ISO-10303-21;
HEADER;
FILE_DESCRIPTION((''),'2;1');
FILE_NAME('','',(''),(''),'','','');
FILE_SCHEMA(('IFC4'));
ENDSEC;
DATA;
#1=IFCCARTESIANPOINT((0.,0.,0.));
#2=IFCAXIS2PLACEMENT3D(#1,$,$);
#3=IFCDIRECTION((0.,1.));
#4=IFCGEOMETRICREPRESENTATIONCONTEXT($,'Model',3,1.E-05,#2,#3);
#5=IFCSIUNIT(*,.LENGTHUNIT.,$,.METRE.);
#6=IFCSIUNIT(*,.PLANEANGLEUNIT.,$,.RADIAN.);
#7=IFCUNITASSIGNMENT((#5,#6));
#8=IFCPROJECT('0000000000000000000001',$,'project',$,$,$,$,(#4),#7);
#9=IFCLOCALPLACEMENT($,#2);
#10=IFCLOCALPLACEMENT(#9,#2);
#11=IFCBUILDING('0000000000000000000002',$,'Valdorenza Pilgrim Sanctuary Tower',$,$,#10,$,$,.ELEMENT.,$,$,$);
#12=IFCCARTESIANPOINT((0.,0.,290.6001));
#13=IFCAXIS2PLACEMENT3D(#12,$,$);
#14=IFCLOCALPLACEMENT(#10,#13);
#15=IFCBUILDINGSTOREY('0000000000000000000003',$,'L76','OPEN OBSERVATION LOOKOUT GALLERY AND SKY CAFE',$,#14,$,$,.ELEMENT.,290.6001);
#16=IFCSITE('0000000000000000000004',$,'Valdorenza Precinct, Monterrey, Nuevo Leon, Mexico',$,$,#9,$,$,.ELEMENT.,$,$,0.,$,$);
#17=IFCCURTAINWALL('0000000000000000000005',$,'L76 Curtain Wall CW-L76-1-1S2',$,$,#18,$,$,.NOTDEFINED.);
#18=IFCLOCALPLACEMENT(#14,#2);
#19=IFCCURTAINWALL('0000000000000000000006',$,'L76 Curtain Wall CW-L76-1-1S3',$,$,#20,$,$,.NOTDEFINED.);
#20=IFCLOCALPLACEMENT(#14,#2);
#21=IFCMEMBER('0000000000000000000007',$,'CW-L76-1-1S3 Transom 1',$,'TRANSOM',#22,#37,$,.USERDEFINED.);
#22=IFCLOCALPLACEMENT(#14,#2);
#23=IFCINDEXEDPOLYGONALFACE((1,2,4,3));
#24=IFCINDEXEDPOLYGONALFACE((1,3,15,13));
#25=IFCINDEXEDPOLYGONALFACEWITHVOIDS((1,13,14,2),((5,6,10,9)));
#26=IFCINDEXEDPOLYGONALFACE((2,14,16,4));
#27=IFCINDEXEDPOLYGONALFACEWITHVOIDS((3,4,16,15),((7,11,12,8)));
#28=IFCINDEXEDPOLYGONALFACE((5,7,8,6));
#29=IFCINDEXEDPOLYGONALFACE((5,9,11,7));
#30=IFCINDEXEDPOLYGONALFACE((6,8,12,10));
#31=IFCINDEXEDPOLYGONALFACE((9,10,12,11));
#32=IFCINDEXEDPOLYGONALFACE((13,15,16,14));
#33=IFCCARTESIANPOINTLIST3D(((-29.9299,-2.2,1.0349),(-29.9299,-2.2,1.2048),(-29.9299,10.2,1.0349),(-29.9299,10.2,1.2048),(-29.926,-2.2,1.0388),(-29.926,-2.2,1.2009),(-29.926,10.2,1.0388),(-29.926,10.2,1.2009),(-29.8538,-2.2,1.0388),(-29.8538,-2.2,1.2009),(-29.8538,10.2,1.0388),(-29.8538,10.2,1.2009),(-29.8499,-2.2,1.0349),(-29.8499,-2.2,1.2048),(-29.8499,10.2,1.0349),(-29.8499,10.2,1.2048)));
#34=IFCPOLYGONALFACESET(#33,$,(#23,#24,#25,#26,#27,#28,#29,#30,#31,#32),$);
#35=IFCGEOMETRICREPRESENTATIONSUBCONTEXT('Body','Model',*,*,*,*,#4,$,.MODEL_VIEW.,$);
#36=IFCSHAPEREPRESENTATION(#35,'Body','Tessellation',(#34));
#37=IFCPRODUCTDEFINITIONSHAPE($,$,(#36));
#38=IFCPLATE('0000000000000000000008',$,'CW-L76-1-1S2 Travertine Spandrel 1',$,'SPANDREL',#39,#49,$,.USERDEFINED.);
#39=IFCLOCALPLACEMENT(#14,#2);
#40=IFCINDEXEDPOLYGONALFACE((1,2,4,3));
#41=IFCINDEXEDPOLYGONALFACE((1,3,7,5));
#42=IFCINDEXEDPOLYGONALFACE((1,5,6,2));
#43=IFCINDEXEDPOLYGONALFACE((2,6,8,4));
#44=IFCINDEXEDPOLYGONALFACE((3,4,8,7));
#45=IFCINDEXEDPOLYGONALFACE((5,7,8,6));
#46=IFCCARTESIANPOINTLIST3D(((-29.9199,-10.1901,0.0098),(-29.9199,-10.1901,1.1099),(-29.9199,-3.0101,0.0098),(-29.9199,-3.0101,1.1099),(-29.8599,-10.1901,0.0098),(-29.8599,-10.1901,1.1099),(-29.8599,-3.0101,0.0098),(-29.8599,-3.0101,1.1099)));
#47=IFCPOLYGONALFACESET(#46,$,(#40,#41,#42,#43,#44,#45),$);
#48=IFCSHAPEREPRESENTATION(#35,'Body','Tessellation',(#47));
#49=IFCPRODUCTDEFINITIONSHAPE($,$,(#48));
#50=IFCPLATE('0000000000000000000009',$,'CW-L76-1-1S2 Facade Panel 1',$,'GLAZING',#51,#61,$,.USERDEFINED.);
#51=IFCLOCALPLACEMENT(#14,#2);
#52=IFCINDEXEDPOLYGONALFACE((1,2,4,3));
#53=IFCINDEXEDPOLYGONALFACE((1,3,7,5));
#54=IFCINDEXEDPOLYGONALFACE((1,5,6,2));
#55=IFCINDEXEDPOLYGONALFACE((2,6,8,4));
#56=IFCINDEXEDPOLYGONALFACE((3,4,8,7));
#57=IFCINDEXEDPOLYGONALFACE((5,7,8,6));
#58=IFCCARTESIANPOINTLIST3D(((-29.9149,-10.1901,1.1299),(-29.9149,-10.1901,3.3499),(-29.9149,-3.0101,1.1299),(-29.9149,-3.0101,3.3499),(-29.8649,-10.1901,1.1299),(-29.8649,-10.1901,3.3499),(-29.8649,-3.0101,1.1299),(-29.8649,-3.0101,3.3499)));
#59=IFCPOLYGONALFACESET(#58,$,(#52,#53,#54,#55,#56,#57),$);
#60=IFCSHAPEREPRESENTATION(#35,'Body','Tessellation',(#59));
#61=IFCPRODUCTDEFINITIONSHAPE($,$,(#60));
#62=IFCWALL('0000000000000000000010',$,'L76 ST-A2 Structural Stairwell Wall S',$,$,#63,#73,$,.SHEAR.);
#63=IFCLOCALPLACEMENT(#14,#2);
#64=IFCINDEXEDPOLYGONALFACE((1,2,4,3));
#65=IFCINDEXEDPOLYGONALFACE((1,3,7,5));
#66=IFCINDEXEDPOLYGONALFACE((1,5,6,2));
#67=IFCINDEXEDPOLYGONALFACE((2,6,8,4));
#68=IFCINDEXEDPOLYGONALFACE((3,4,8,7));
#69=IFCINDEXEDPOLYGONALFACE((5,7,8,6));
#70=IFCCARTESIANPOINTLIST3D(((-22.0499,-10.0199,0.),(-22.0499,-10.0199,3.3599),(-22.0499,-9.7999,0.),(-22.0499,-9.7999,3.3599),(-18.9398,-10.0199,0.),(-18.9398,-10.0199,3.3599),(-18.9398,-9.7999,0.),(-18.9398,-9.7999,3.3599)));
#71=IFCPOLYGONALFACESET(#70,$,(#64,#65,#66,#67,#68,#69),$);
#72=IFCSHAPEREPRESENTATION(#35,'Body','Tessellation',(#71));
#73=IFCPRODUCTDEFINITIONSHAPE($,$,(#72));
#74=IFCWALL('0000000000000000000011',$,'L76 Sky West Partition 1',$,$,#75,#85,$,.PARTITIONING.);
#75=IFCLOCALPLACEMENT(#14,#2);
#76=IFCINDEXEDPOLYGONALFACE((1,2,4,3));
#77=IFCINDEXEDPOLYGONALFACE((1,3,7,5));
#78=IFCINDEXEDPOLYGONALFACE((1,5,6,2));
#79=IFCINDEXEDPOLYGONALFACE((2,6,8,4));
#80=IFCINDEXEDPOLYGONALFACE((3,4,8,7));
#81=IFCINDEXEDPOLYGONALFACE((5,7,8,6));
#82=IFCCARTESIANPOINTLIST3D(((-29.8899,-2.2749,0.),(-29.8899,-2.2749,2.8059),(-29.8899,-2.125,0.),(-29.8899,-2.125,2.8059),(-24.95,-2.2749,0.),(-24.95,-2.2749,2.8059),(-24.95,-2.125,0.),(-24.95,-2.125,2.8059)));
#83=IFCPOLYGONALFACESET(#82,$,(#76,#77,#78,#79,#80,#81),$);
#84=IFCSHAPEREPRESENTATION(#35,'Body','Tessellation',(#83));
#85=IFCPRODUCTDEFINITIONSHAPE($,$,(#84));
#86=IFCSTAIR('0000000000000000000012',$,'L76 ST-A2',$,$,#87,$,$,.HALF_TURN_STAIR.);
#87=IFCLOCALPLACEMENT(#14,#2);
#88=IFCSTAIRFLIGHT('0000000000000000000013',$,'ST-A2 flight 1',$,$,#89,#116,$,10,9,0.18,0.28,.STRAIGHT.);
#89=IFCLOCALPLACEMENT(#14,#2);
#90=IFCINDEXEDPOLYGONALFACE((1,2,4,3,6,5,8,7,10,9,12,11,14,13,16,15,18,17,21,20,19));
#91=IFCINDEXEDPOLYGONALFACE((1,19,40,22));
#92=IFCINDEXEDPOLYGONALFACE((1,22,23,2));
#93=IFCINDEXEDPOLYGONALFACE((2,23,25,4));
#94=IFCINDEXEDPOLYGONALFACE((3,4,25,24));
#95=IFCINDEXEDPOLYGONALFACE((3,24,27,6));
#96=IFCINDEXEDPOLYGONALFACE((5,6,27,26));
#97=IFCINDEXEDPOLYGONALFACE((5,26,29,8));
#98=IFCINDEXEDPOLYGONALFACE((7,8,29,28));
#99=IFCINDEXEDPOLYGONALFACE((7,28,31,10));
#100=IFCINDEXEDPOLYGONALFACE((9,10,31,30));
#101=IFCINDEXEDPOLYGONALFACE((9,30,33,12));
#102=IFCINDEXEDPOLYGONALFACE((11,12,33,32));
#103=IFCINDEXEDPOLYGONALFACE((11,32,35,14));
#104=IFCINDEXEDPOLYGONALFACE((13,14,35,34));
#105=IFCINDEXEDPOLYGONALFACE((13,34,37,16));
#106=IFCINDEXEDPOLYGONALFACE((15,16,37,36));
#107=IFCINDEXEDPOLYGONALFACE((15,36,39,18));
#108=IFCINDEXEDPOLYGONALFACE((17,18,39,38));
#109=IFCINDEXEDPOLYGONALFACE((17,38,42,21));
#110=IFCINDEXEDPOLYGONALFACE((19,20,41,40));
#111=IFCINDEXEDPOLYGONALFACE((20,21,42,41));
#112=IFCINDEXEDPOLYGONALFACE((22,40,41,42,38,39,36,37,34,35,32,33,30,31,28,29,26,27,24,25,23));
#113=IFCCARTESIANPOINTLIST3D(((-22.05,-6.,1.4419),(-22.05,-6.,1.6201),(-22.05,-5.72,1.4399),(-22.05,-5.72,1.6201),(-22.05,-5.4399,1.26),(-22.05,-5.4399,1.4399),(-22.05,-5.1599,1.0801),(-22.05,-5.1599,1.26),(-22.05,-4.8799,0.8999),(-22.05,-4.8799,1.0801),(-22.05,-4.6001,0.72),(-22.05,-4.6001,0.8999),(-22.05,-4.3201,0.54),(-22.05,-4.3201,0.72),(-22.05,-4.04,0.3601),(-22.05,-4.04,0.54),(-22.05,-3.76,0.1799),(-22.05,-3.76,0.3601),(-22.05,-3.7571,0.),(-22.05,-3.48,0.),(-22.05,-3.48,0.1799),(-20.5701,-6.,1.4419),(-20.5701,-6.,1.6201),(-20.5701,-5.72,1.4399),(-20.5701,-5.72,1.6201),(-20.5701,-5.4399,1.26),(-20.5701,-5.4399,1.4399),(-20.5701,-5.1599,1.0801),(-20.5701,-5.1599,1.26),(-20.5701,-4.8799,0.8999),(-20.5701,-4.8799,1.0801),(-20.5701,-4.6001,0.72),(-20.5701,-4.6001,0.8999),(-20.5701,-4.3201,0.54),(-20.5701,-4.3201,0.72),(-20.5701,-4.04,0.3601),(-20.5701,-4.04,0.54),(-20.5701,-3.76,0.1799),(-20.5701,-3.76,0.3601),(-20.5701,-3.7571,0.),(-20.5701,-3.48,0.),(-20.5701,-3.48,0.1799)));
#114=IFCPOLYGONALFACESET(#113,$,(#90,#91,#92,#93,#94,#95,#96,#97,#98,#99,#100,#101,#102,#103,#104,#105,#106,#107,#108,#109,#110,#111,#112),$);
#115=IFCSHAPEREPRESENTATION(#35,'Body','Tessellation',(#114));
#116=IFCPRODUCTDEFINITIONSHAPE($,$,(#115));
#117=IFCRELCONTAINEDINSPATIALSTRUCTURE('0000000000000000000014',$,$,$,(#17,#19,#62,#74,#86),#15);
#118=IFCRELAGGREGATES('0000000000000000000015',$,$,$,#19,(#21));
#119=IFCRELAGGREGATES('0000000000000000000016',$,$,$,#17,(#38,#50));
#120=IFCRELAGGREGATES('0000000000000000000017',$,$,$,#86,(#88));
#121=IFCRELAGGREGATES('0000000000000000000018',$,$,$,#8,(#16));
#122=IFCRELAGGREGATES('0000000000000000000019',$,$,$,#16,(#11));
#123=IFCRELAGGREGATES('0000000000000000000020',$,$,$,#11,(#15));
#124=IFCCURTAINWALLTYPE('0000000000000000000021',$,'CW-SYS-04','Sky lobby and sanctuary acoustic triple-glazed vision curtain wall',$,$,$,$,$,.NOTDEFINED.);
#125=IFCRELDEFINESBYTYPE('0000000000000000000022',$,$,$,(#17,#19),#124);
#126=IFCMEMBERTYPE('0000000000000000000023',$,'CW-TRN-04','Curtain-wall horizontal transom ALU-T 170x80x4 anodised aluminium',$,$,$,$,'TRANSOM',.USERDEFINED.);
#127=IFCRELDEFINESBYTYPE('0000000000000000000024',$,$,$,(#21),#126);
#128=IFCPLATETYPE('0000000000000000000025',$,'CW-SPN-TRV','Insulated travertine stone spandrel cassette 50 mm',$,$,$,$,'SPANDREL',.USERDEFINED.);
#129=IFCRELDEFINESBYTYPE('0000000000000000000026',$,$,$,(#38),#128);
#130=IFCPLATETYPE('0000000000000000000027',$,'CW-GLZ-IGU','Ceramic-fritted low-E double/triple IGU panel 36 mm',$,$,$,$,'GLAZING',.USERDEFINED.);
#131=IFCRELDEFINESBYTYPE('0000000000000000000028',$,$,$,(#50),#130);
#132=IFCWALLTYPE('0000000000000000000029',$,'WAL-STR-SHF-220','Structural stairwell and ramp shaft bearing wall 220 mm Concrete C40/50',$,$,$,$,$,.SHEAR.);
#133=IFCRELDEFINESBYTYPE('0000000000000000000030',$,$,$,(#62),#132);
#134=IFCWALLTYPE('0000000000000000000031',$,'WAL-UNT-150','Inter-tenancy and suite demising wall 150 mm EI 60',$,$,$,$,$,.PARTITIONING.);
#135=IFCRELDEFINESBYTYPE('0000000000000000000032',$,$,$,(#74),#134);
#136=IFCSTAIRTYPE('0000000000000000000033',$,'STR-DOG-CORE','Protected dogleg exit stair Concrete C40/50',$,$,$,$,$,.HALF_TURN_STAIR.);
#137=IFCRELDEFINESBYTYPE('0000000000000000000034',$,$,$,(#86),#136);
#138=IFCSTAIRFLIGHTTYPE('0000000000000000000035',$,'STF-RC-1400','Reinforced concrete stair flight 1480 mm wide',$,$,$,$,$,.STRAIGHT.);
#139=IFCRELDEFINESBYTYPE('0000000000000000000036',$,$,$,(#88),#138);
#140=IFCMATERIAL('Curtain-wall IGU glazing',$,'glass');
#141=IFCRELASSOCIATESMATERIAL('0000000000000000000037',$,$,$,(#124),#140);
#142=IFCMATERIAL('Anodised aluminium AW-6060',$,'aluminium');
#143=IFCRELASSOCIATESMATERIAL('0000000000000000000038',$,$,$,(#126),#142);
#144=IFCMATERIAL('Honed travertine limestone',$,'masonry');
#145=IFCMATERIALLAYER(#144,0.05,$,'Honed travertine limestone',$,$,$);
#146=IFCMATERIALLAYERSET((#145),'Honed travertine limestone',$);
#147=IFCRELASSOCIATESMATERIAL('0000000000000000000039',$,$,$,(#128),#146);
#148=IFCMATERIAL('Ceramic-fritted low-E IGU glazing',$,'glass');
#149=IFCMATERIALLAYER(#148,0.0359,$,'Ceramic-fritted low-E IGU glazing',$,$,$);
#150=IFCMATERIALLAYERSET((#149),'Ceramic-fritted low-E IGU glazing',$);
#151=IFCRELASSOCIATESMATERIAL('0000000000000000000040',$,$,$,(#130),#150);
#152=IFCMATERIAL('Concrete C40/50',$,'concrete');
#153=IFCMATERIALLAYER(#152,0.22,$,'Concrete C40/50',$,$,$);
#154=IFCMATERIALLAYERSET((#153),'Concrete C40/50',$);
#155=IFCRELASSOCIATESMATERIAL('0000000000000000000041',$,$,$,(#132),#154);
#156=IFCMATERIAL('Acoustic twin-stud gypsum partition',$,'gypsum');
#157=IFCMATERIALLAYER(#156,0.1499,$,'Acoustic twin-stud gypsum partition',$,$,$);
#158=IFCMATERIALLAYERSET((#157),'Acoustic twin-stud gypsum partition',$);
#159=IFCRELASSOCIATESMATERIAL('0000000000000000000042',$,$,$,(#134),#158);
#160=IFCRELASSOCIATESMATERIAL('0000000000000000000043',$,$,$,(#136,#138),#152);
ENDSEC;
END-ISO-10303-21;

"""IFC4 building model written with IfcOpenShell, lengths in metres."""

from ifc_helpers import new_model, si_unit, direction, frame, frame_2d, origin, origin_2d, place, context, subcontext, project, spatial, polyline, rectangle, hollow_rectangle, outline, extrude, source, transform, mapped, material, layer, layer_set, material_profile, profile_set, type_object, element, aggregate, save


model = new_model("IFC4")

# Units and contexts
model_context = context("Model", 3, precision=1e-05, world=origin(), true_north=direction((0.0, 1.0)))
body_context = subcontext(model_context, "Body", "Model", "MODEL_VIEW")
ifc_project = project(units=[si_unit("LENGTHUNIT", "METRE"), si_unit("PLANEANGLEUNIT", "RADIAN")], contexts=[model_context])

# Site, building, storey
site_placement = place(None, origin())
site = spatial("IfcSite", under=ifc_project, at=site_placement, Name="Valdorenza Precinct, Monterrey, Nuevo Leon, Mexico", CompositionType="ELEMENT", RefElevation=0.0)
building_placement = place(site_placement, origin())
building = spatial("IfcBuilding", under=site, at=building_placement, Name="Valdorenza Pilgrim Sanctuary Tower", CompositionType="ELEMENT")
storey_placement = place(building_placement, frame((0.0, 0.0, 290.6001)))
storey = spatial("IfcBuildingStorey", under=building, at=storey_placement, Name="L76", Description="OPEN OBSERVATION LOOKOUT GALLERY AND SKY CAFE", CompositionType="ELEMENT", Elevation=290.6001)

# Curtain wall
ifc_material_1 = material(Name="Curtain-wall IGU glazing", Category="glass")
curtain_wall_type = type_object("IfcCurtainWallType", Name="CW-SYS-04", Description="Sky lobby and sanctuary acoustic triple-glazed vision curtain wall", PredefinedType="NOTDEFINED", material=ifc_material_1)
curtain_wall_1_placement = place(storey_placement, origin())
curtain_wall_1 = element("IfcCurtainWall", 1, at=curtain_wall_1_placement, inside=storey, type_object=curtain_wall_type, Name="L76 Curtain Wall CW-L76-1-1S2", PredefinedType="NOTDEFINED")
ifc_material_2 = material(Name="Anodised aluminium AW-6060", Category="aluminium")

# Curtain wall, member
curtain_wall_2_placement = place(storey_placement, origin())
curtain_wall_2 = element("IfcCurtainWall", 2, at=curtain_wall_2_placement, inside=storey, type_object=curtain_wall_type, Name="L76 Curtain Wall CW-L76-1-1S3", PredefinedType="NOTDEFINED")
ifc_material_profile_1 = material_profile(ifc_material_2, hollow_rectangle(XDim=0.0801, YDim=0.1699, WallThickness=0.0039, at=origin_2d()), Name="ALU-T 170x80x4")
ifc_profile_set_1 = profile_set([ifc_material_profile_1], Name="Anodised aluminium AW-6060")
member_type_1 = type_object("IfcMemberType", Name="CW-TRN-04", Description="Curtain-wall horizontal transom ALU-T 170x80x4 anodised aluminium", ElementType="TRANSOM", PredefinedType="USERDEFINED", material=ifc_profile_set_1)
shared_shape_1 = source(origin(), body_context, "Body", "SweptSolid", [
    extrude(hollow_rectangle(XDim=0.0801, YDim=0.1699, WallThickness=0.0039, at=origin_2d()), origin(), (0.0, 0.0, 1.0), 12.3999),
])
member_1_placement = place(storey_placement, frame((-29.8899, -2.2, 1.1199), z_axis=(0.0, 1.0, 0.0), x_axis=(-1.0, 0.0, 0.0)))
member_1 = element("IfcMember", 3, at=member_1_placement, type_object=member_type_1, Name="CW-L76-1-1S3 Transom 1", ObjectType="TRANSOM", PredefinedType="USERDEFINED", context=body_context, shape_type="MappedRepresentation", body=[
    mapped(shared_shape_1, transform((0.0, 0.0, 0.0), x_axis=(1.0, 0.0, 0.0), y_axis=(0.0, 1.0, 0.0), z_axis=(0.0, 0.0, 1.0), scale=1.0)),
])
aggregate(curtain_wall_2, [member_1])

# Plates
ifc_material_3 = material(Name="Honed travertine limestone", Category="masonry")
ifc_layer_1 = layer(ifc_material_3, 0.05, Name="Honed travertine limestone")
ifc_layer_set_1 = layer_set([ifc_layer_1], Name="Honed travertine limestone")
plate_type_1 = type_object("IfcPlateType", Name="CW-SPN-TRV", Description="Insulated travertine stone spandrel cassette 50 mm", ElementType="SPANDREL", PredefinedType="USERDEFINED", material=ifc_layer_set_1)
shared_shape_2 = source(origin(), body_context, "Body", "SweptSolid", [
    extrude(rectangle(XDim=7.1799, YDim=0.0601, at=origin_2d()), origin(), (0.0, 0.0, 1.0), 1.1001),
])
plate_1_placement = place(storey_placement, frame((-29.8899, -6.6001, 0.0098), z_axis=(0.0, 0.0, 1.0), x_axis=(0.0, 1.0, 0.0)))
plate_1 = element("IfcPlate", 4, at=plate_1_placement, type_object=plate_type_1, Name="CW-L76-1-1S2 Travertine Spandrel 1", ObjectType="SPANDREL", PredefinedType="USERDEFINED", context=body_context, shape_type="MappedRepresentation", body=[
    mapped(shared_shape_2, transform((0.0, 0.0, 0.0), x_axis=(1.0, 0.0, 0.0), y_axis=(0.0, 1.0, 0.0), z_axis=(0.0, 0.0, 1.0), scale=1.0)),
])
ifc_material_4 = material(Name="Ceramic-fritted low-E IGU glazing", Category="glass")
ifc_layer_2 = layer(ifc_material_4, 0.0359, Name="Ceramic-fritted low-E IGU glazing")
ifc_layer_set_2 = layer_set([ifc_layer_2], Name="Ceramic-fritted low-E IGU glazing")
plate_type_2 = type_object("IfcPlateType", Name="CW-GLZ-IGU", Description="Ceramic-fritted low-E double/triple IGU panel 36 mm", ElementType="GLAZING", PredefinedType="USERDEFINED", material=ifc_layer_set_2)
shared_shape_3 = source(origin(), body_context, "Body", "SweptSolid", [
    extrude(rectangle(XDim=7.1799, YDim=0.05, at=origin_2d()), origin(), (0.0, 0.0, 1.0), 2.22),
])
plate_2_placement = place(storey_placement, frame((-29.8899, -6.6001, 1.1299), z_axis=(0.0, 0.0, 1.0), x_axis=(0.0, 1.0, 0.0)))
plate_2 = element("IfcPlate", 5, at=plate_2_placement, type_object=plate_type_2, Name="CW-L76-1-1S2 Facade Panel 1", ObjectType="GLAZING", PredefinedType="USERDEFINED", context=body_context, shape_type="MappedRepresentation", body=[
    mapped(shared_shape_3, transform((0.0, 0.0, 0.0), x_axis=(1.0, 0.0, 0.0), y_axis=(0.0, 1.0, 0.0), z_axis=(0.0, 0.0, 1.0), scale=1.0)),
])
aggregate(curtain_wall_1, [plate_1, plate_2])

# Wall
ifc_material_5 = material(Name="Concrete C40/50", Category="concrete")
ifc_layer_3 = layer(ifc_material_5, 0.22, Name="Concrete C40/50")
ifc_layer_set_3 = layer_set([ifc_layer_3], Name="Concrete C40/50")
wall_type_1 = type_object("IfcWallType", Name="WAL-STR-SHF-220", Description="Structural stairwell and ramp shaft bearing wall 220 mm Concrete C40/50", PredefinedType="SHEAR", material=ifc_layer_set_3)
wall_1_placement = place(storey_placement, frame((-22.05, -9.9099, 0.0), z_axis=(0.0, 0.0, 1.0), x_axis=(1.0, 0.0, 0.0)))
element("IfcWall", 6, at=wall_1_placement, inside=storey, type_object=wall_type_1, Name="L76 ST-A2 Structural Stairwell Wall S", PredefinedType="SHEAR", context=body_context, shape_type="SweptSolid", body=[
    extrude(rectangle(XDim=3.1101, YDim=0.22, at=frame_2d((1.5552, 0.0))), origin(), (0.0, 0.0, 1.0), 3.3599),
])

# Wall
ifc_material_6 = material(Name="Acoustic twin-stud gypsum partition", Category="gypsum")
ifc_layer_4 = layer(ifc_material_6, 0.1499, Name="Acoustic twin-stud gypsum partition")
ifc_layer_set_4 = layer_set([ifc_layer_4], Name="Acoustic twin-stud gypsum partition")
wall_type_2 = type_object("IfcWallType", Name="WAL-UNT-150", Description="Inter-tenancy and suite demising wall 150 mm EI 60", PredefinedType="PARTITIONING", material=ifc_layer_set_4)
wall_2_placement = place(storey_placement, frame((-29.8899, -2.2, 0.0), z_axis=(0.0, 0.0, 1.0), x_axis=(1.0, 0.0, 0.0)))
element("IfcWall", 7, at=wall_2_placement, inside=storey, type_object=wall_type_2, Name="L76 Sky West Partition 1", PredefinedType="PARTITIONING", context=body_context, shape_type="SweptSolid", body=[
    extrude(rectangle(XDim=4.9399, YDim=0.1499, at=frame_2d((2.47, 0.0))), origin(), (0.0, 0.0, 1.0), 2.8059),
])

# Stair, stair flight
stair_type = type_object("IfcStairType", Name="STR-DOG-CORE", Description="Protected dogleg exit stair Concrete C40/50", PredefinedType="HALF_TURN_STAIR", material=ifc_material_5)
stair_placement = place(storey_placement, origin())
stair = element("IfcStair", 8, at=stair_placement, inside=storey, type_object=stair_type, Name="L76 ST-A2", PredefinedType="HALF_TURN_STAIR")
stair_flight_type = type_object("IfcStairFlightType", Name="STF-RC-1400", Description="Reinforced concrete stair flight 1480 mm wide", PredefinedType="STRAIGHT", material=ifc_material_5)
stair_flight_placement = place(storey_placement, frame((-21.3101, -3.48, 0.0), z_axis=(0.0, 0.0, 1.0), x_axis=(0.0, -1.0, 0.0)))
stair_flight = element("IfcStairFlight", 9, at=stair_flight_placement, type_object=stair_flight_type, Name="ST-A2 flight 1", NumberOfRisers=10, NumberOfTreads=9, PredefinedType="STRAIGHT", RiserHeight=0.18, TreadLength=0.28, context=body_context, shape_type="SweptSolid", body=[
    extrude(outline(polyline([(0.0, 0.0), (0.0, 0.1799), (0.28, 0.1799), (0.28, 0.3601), (0.5601, 0.3601), (0.5601, 0.54), (0.8401, 0.54), (0.8401, 0.72), (1.1201, 0.72), (1.1201, 0.8999), (1.3999, 0.8999), (1.3999, 1.0801), (1.6799, 1.0801), (1.6799, 1.26), (1.96, 1.26), (1.96, 1.4399), (2.24, 1.4399), (2.24, 1.6201), (2.52, 1.6201), (2.52, 1.8), (2.52, 1.4419), (0.2771, 0.0), (0.0, 0.0)])), frame((0.0, 0.74, 0.0), z_axis=(0.0, -1.0, 0.0), x_axis=(1.0, 0.0, 0.0)), (0.0, 0.0, 1.0), 1.48),
])
aggregate(stair, [stair_flight])

save(model, "model.ifc")
